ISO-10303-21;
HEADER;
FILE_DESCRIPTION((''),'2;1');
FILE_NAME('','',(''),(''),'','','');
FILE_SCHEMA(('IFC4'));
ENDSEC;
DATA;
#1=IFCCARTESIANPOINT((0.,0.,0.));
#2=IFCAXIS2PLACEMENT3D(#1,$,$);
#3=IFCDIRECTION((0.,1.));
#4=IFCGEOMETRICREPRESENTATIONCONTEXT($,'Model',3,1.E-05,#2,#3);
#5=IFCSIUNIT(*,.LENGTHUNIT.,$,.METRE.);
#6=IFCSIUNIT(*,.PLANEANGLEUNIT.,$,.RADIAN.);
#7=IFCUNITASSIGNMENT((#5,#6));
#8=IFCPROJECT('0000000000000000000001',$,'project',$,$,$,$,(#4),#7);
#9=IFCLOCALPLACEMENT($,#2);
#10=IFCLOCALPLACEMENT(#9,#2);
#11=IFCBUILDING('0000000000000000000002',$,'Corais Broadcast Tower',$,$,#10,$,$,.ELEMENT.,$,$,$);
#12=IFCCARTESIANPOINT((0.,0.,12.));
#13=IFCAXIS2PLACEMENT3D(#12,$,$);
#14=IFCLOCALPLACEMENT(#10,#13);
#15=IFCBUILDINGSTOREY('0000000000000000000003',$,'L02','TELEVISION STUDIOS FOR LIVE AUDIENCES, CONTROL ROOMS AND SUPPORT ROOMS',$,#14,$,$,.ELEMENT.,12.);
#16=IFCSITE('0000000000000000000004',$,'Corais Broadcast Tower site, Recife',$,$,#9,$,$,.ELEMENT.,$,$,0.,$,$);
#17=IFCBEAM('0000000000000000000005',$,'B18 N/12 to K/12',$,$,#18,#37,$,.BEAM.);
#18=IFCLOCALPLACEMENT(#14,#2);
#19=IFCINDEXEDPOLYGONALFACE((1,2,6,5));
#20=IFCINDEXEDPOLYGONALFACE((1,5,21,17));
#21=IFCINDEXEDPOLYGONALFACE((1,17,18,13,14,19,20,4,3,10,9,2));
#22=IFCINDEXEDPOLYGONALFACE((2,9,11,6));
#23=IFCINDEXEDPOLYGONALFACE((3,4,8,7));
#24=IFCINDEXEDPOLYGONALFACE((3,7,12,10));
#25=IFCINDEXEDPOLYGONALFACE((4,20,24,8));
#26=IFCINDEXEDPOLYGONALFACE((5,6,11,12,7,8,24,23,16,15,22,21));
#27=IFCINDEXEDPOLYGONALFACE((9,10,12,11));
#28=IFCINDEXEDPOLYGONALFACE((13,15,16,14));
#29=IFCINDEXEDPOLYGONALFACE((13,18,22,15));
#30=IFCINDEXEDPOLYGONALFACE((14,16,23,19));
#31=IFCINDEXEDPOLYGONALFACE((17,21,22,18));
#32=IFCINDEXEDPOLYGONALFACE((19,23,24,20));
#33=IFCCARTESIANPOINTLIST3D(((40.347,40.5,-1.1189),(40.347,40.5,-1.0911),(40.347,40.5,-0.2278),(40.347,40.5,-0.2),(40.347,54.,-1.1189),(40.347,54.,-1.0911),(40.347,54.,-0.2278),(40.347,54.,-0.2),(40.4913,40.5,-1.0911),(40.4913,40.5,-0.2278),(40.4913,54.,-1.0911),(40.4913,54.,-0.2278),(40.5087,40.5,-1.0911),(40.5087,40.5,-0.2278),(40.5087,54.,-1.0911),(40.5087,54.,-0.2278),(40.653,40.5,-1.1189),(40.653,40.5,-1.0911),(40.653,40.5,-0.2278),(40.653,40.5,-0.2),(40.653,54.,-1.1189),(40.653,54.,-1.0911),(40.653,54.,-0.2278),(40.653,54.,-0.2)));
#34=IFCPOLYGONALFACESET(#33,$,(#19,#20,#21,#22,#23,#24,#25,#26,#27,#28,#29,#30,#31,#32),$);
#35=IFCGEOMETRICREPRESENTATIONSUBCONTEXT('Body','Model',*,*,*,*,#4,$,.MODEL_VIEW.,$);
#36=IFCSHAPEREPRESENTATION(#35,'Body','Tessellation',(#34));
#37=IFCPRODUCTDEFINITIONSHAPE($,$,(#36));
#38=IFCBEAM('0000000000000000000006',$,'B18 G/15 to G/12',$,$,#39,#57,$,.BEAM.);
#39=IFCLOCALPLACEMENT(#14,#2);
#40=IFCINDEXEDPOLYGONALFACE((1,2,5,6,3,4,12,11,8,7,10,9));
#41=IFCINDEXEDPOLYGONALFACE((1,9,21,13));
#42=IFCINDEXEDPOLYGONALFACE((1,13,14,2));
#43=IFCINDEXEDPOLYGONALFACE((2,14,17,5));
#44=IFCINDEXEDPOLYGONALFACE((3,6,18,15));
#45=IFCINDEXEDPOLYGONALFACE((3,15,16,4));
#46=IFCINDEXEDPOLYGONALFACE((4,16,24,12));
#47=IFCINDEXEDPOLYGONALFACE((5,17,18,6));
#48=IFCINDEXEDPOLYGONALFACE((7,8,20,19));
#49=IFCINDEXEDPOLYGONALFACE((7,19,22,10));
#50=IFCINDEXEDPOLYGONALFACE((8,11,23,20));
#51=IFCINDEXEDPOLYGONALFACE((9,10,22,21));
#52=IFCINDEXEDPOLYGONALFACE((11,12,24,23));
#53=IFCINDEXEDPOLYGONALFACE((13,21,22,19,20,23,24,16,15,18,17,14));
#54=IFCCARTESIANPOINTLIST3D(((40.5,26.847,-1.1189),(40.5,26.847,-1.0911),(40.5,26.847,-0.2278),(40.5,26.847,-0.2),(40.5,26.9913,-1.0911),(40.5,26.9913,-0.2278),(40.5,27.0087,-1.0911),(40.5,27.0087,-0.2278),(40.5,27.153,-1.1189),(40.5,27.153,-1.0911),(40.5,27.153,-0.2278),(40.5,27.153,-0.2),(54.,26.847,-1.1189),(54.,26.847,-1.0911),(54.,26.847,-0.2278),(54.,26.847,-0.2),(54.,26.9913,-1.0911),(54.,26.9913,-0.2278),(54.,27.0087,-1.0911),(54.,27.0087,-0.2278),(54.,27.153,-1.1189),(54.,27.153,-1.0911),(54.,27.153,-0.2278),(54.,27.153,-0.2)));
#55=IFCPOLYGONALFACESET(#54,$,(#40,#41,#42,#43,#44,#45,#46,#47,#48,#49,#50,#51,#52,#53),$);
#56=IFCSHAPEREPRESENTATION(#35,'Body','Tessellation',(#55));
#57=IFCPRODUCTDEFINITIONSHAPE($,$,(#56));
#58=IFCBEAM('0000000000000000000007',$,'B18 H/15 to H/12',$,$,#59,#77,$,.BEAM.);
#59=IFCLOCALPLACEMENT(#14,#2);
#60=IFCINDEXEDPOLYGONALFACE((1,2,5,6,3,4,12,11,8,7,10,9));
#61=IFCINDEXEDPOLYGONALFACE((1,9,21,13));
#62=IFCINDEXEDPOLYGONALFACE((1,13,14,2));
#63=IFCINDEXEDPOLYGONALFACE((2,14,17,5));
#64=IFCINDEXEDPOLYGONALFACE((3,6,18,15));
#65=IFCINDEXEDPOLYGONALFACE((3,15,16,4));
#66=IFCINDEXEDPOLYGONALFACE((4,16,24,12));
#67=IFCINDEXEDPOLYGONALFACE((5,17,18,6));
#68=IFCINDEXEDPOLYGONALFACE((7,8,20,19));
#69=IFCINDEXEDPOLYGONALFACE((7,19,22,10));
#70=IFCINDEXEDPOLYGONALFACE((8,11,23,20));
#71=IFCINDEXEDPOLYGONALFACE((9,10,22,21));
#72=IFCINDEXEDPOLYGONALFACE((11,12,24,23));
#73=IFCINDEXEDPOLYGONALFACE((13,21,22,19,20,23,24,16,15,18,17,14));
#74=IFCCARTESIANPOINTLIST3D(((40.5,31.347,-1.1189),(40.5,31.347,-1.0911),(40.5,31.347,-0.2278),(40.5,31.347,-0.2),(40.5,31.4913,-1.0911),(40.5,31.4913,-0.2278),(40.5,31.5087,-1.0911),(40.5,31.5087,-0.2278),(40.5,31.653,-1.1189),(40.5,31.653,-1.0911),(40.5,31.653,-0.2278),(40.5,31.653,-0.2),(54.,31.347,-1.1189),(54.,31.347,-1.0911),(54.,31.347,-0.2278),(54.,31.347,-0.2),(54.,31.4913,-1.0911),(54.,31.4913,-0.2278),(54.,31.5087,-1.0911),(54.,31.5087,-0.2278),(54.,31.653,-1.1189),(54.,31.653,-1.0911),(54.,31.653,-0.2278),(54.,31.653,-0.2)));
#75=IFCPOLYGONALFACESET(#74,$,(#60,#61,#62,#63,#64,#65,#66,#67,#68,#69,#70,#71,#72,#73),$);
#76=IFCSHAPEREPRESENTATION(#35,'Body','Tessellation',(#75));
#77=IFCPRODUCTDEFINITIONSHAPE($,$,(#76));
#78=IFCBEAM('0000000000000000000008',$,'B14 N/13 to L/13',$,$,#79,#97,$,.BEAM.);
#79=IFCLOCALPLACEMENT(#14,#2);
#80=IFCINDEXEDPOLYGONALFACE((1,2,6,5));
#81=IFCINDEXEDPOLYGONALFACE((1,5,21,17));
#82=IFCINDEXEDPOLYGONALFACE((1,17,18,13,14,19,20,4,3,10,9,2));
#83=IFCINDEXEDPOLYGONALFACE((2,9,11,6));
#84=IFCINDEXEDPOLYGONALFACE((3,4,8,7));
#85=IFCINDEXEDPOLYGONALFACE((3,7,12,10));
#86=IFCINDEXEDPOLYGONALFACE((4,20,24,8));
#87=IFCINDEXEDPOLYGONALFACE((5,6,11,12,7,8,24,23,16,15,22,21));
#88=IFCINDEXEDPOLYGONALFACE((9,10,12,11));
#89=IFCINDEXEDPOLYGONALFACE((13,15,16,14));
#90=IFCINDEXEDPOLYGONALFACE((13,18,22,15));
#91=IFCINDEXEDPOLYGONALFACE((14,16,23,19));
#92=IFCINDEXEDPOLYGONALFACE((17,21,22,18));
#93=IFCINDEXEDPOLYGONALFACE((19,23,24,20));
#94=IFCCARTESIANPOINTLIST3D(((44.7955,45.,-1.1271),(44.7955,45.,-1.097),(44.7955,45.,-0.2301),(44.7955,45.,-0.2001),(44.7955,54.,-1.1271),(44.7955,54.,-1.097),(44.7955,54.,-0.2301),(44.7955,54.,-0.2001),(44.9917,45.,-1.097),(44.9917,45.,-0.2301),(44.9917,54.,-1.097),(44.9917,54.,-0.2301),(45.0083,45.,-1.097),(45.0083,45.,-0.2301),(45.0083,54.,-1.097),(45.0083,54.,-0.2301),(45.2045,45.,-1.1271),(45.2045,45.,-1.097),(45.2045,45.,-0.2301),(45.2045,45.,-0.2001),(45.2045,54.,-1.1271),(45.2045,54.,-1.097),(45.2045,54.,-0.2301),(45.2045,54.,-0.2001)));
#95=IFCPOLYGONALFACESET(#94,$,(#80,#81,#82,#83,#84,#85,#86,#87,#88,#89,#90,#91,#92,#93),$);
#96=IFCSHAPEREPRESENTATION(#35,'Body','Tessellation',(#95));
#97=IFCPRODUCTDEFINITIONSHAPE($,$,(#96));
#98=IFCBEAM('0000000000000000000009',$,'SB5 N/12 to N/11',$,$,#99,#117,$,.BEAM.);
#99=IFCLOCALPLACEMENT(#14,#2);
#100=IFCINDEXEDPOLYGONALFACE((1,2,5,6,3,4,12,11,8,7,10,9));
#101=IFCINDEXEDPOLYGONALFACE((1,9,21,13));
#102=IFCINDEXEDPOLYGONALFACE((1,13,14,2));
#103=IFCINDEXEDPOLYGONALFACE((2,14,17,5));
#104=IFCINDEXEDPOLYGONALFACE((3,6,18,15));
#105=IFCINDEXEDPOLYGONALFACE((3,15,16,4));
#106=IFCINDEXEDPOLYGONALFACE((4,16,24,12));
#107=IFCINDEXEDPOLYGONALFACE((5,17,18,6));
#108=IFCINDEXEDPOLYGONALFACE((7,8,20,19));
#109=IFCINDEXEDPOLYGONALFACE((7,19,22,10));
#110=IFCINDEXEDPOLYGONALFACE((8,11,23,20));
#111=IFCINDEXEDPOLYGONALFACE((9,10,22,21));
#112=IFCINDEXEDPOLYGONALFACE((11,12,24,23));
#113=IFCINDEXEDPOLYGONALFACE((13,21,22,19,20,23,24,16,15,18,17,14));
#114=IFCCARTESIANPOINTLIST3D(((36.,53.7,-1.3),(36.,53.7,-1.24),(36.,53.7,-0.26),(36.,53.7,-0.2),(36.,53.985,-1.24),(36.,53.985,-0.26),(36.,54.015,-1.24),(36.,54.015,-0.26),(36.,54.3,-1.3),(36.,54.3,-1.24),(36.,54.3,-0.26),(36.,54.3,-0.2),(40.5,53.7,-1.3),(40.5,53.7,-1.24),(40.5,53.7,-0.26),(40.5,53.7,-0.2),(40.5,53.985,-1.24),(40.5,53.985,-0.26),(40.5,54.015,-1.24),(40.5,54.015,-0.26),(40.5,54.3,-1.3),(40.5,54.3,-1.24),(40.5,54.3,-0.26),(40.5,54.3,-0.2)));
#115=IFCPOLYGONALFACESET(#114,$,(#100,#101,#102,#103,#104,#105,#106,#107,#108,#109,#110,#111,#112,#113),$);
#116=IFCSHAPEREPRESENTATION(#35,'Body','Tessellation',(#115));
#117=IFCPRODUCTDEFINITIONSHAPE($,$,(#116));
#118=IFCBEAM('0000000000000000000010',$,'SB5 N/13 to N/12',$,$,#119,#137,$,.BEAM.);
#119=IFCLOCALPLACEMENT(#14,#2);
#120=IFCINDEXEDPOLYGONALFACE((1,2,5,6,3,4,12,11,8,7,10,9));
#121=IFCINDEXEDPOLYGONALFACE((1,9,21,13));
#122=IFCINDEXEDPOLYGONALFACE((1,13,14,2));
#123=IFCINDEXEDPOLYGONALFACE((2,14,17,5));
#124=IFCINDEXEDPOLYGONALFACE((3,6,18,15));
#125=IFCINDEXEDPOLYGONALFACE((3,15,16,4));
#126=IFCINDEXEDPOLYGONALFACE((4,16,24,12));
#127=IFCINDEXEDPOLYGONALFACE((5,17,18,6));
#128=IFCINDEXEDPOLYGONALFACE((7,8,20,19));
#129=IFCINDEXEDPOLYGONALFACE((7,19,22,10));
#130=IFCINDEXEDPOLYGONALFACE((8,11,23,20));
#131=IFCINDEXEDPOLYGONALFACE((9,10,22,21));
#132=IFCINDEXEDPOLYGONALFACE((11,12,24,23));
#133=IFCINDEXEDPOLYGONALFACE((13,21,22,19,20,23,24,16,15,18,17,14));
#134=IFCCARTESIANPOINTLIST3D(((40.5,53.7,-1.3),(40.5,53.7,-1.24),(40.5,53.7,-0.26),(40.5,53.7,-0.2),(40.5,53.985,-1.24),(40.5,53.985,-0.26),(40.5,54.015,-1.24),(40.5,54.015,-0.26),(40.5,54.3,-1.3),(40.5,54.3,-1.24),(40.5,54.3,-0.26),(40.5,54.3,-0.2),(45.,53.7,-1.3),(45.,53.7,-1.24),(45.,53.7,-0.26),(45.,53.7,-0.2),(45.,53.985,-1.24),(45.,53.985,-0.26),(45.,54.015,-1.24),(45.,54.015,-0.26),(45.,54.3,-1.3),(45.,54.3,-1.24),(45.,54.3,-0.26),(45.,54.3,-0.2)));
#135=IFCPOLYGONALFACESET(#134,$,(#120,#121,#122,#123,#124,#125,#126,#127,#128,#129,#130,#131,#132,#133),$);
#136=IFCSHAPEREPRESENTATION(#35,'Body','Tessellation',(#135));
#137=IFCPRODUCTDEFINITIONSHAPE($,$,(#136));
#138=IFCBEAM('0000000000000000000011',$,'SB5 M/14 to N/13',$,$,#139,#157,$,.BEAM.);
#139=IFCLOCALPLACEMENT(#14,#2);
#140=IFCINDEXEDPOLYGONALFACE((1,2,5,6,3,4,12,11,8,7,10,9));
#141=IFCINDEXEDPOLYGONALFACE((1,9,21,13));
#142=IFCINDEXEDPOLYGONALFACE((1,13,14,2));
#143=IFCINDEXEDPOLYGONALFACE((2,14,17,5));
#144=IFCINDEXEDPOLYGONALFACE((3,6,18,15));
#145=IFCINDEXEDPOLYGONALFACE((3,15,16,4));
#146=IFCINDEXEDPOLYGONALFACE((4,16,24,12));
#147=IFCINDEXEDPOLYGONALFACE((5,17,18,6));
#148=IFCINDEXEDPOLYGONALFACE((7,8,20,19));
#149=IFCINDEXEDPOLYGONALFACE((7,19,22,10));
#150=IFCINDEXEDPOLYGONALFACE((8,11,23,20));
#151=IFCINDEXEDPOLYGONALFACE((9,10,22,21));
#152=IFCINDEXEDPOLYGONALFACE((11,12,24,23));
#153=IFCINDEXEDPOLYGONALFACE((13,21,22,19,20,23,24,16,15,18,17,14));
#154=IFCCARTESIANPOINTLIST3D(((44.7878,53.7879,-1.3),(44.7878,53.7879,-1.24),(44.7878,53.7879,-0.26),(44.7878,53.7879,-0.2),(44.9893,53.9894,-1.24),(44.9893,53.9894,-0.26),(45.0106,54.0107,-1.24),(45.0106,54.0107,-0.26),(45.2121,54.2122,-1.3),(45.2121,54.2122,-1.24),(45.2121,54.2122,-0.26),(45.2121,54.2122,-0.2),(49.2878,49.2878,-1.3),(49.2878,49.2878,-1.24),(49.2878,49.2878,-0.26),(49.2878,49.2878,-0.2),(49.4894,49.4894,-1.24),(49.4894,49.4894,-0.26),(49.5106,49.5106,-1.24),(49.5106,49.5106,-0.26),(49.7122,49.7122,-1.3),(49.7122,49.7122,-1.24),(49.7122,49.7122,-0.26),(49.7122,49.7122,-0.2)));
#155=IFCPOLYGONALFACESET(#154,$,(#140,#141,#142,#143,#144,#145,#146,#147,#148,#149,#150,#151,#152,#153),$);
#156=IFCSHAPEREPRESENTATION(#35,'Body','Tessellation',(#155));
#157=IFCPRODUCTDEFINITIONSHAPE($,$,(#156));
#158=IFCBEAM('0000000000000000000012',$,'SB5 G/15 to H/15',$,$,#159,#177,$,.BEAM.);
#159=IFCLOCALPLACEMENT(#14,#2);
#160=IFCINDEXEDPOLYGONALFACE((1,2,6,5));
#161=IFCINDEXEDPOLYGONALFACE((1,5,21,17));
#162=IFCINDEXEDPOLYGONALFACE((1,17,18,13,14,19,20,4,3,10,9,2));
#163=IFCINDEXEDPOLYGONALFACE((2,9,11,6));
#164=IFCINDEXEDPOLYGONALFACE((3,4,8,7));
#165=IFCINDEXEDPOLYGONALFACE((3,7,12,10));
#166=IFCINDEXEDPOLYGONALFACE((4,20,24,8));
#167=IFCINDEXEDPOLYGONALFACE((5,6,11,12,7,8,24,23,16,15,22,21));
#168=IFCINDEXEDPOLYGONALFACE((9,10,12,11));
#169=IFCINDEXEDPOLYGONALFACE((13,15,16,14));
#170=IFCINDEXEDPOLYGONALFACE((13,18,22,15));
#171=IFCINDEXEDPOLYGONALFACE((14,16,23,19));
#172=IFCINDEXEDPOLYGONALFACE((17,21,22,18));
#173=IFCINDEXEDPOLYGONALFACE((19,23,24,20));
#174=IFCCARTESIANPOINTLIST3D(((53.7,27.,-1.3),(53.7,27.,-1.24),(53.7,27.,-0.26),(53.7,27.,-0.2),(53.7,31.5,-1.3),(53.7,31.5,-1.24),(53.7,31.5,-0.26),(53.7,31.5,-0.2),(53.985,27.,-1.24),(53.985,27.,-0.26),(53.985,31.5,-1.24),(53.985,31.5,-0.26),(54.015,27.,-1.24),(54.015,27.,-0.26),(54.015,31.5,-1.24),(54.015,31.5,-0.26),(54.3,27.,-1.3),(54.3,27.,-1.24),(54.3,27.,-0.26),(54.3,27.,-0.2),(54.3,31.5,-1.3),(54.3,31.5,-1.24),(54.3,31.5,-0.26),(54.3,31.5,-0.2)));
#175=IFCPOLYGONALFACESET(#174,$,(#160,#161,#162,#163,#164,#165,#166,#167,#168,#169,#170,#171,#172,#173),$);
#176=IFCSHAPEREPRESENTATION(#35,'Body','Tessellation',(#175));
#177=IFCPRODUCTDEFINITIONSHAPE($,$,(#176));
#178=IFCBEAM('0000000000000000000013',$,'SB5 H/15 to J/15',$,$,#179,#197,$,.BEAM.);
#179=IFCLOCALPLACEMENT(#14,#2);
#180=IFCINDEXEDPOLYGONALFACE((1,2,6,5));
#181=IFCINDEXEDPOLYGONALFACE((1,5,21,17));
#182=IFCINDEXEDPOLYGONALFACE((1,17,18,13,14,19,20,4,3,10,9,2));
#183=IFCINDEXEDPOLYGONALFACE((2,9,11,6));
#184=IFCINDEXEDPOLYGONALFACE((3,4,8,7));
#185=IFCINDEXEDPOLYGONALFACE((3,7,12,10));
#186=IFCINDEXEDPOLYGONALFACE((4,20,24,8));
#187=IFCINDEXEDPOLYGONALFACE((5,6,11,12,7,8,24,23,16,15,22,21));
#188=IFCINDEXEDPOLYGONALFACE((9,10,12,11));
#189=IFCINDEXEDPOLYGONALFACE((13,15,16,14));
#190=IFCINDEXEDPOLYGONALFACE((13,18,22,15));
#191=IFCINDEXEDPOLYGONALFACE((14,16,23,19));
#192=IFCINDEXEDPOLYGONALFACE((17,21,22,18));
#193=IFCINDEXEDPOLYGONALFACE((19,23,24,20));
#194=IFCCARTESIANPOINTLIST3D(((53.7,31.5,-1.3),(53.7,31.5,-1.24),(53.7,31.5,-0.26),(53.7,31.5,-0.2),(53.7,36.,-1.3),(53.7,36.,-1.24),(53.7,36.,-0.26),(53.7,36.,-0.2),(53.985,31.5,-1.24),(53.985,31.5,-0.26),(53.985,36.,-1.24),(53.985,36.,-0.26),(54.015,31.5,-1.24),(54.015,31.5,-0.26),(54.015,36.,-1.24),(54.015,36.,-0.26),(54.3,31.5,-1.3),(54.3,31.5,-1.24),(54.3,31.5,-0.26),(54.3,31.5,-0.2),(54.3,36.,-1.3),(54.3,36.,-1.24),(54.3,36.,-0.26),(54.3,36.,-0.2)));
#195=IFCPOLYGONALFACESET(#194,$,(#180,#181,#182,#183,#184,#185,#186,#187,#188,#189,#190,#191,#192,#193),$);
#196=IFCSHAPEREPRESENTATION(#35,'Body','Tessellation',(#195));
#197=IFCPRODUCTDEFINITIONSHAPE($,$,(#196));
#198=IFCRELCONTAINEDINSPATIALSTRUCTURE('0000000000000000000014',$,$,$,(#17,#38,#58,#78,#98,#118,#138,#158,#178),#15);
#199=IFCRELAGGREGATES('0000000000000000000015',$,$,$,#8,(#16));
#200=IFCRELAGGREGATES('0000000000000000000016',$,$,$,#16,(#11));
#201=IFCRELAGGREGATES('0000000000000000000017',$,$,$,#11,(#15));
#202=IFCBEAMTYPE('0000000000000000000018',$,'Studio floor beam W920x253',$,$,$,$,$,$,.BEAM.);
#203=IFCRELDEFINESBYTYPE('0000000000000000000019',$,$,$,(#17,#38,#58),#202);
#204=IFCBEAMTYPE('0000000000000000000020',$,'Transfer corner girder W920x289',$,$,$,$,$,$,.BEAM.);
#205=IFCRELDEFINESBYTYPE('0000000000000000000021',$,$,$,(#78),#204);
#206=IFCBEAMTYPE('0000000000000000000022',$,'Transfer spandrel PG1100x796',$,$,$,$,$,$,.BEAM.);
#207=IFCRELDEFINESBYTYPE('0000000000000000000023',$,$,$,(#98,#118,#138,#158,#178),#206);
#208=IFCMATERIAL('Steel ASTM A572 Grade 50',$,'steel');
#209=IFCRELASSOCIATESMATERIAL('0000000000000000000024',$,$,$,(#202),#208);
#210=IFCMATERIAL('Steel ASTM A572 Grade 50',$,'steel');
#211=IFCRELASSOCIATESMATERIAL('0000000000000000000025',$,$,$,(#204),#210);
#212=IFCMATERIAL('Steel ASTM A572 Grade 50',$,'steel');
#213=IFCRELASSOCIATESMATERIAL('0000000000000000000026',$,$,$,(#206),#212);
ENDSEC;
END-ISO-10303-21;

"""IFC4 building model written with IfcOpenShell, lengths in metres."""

from ifc_helpers import new_model, si_unit, direction, frame, origin, origin_2d, place, context, subcontext, project, spatial, i_section, extrude, material, material_profile, profile_set, type_object, element, save


model = new_model("IFC4")

# Units and contexts
model_context = context("Model", 3, precision=1e-05, world=origin(), true_north=direction((0.0, 1.0)))
body_context = subcontext(model_context, "Body", "Model", "MODEL_VIEW")
ifc_project = project(units=[si_unit("LENGTHUNIT", "METRE"), si_unit("PLANEANGLEUNIT", "RADIAN")], contexts=[model_context])

# Site, building, storey
site_placement = place(None, origin())
site = spatial("IfcSite", under=ifc_project, at=site_placement, Name="Corais Broadcast Tower site, Recife", CompositionType="ELEMENT", RefElevation=0.0)
building_placement = place(site_placement, origin())
building = spatial("IfcBuilding", under=site, at=building_placement, Name="Corais Broadcast Tower", CompositionType="ELEMENT")
storey_placement = place(building_placement, frame((0.0, 0.0, 12.0)))
storey = spatial("IfcBuildingStorey", under=building, at=storey_placement, Name="L02", Description="TELEVISION STUDIOS FOR LIVE AUDIENCES, CONTROL ROOMS AND SUPPORT ROOMS", CompositionType="ELEMENT", Elevation=12.0)

# Beams
ifc_material_1 = material(Name="Steel ASTM A572 Grade 50", Category="steel")
ifc_material_profile_1 = material_profile(ifc_material_1, i_section(OverallWidth=0.3059, OverallDepth=0.9189, WebThickness=0.0173, FlangeThickness=0.0278, at=origin_2d()), Name="W920x253")
ifc_profile_set_1 = profile_set([ifc_material_profile_1], Name="Steel ASTM A572 Grade 50")
beam_type_1 = type_object("IfcBeamType", Name="Studio floor beam W920x253", PredefinedType="BEAM", material=ifc_profile_set_1)
for number, where, z_axis, x_axis, name in (
    (1, (40.5, 54.0, -0.6594), (0.0, -1.0, 0.0), (1.0, 0.0, 0.0), "B18 N/12 to K/12"),
    (2, (54.0, 27.0, -0.6594), (-1.0, 0.0, 0.0), (0.0, -1.0, 0.0), "B18 G/15 to G/12"),
    (3, (54.0, 31.5, -0.6594), (-1.0, 0.0, 0.0), (0.0, -1.0, 0.0), "B18 H/15 to H/12"),
):
    element("IfcBeam", number, at=place(storey_placement, frame(where, z_axis=z_axis, x_axis=x_axis)), inside=storey, type_object=beam_type_1, Name=name, PredefinedType="BEAM", context=body_context, shape_type="SweptSolid", body=[
        extrude(i_section(OverallWidth=0.3059, OverallDepth=0.9189, WebThickness=0.0173, FlangeThickness=0.0278, at=origin_2d()), origin(), (0.0, 0.0, 1.0), 13.5),
    ])
ifc_material_2 = material(Name="Steel ASTM A572 Grade 50", Category="steel")
ifc_material_profile_2 = material_profile(ifc_material_2, i_section(OverallWidth=0.4089, OverallDepth=0.927, WebThickness=0.0166, FlangeThickness=0.03, at=origin_2d()), Name="W920x289")
ifc_profile_set_2 = profile_set([ifc_material_profile_2], Name="Steel ASTM A572 Grade 50")
beam_type_2 = type_object("IfcBeamType", Name="Transfer corner girder W920x289", PredefinedType="BEAM", material=ifc_profile_set_2)
beam_1_placement = place(storey_placement, frame((45.0, 54.0, -0.6636), z_axis=(0.0, -1.0, 0.0), x_axis=(1.0, 0.0, 0.0)))
element("IfcBeam", 4, at=beam_1_placement, inside=storey, type_object=beam_type_2, Name="B14 N/13 to L/13", PredefinedType="BEAM", context=body_context, shape_type="SweptSolid", body=[
    extrude(i_section(OverallWidth=0.4089, OverallDepth=0.927, WebThickness=0.0166, FlangeThickness=0.03, at=origin_2d()), origin(), (0.0, 0.0, 1.0), 9.0),
])
ifc_material_3 = material(Name="Steel ASTM A572 Grade 50", Category="steel")
ifc_material_profile_3 = material_profile(ifc_material_3, i_section(OverallWidth=0.6001, OverallDepth=1.1001, WebThickness=0.03, FlangeThickness=0.0601, at=origin_2d()), Name="PG1100x796")
ifc_profile_set_3 = profile_set([ifc_material_profile_3], Name="Steel ASTM A572 Grade 50")
beam_type_3 = type_object("IfcBeamType", Name="Transfer spandrel PG1100x796", PredefinedType="BEAM", material=ifc_profile_set_3)
for number, where, z_axis, x_axis, name in (
    (5, (40.5, 54.0, -0.75), (-1.0, 0.0, 0.0), (0.0, -1.0, 0.0), "SB5 N/12 to N/11"),
    (6, (45.0, 54.0, -0.75), (-1.0, 0.0, 0.0), (0.0, -1.0, 0.0), "SB5 N/13 to N/12"),
):
    element("IfcBeam", number, at=place(storey_placement, frame(where, z_axis=z_axis, x_axis=x_axis)), inside=storey, type_object=beam_type_3, Name=name, PredefinedType="BEAM", context=body_context, shape_type="SweptSolid", body=[
        extrude(i_section(OverallWidth=0.6001, OverallDepth=1.1001, WebThickness=0.03, FlangeThickness=0.0601, at=origin_2d()), origin(), (0.0, 0.0, 1.0), 4.5),
    ])
beam_2_placement = place(storey_placement, frame((49.5, 49.5, -0.75), z_axis=(-0.707107, 0.707107, 0.0), x_axis=(-0.707107, -0.707107, 0.0)))
element("IfcBeam", 7, at=beam_2_placement, inside=storey, type_object=beam_type_3, Name="SB5 M/14 to N/13", PredefinedType="BEAM", context=body_context, shape_type="SweptSolid", body=[
    extrude(i_section(OverallWidth=0.6001, OverallDepth=1.1001, WebThickness=0.03, FlangeThickness=0.0601, at=origin_2d()), origin(), (0.0, 0.0, 1.0), 6.364),
])
for number, where, z_axis, x_axis, name in (
    (8, (54.0, 27.0, -0.75), (0.0, 1.0, 0.0), (-1.0, 0.0, 0.0), "SB5 G/15 to H/15"),
    (9, (54.0, 31.5, -0.75), (0.0, 1.0, 0.0), (-1.0, 0.0, 0.0), "SB5 H/15 to J/15"),
):
    element("IfcBeam", number, at=place(storey_placement, frame(where, z_axis=z_axis, x_axis=x_axis)), inside=storey, type_object=beam_type_3, Name=name, PredefinedType="BEAM", context=body_context, shape_type="SweptSolid", body=[
        extrude(i_section(OverallWidth=0.6001, OverallDepth=1.1001, WebThickness=0.03, FlangeThickness=0.0601, at=origin_2d()), origin(), (0.0, 0.0, 1.0), 4.5),
    ])

save(model, "model.ifc")
